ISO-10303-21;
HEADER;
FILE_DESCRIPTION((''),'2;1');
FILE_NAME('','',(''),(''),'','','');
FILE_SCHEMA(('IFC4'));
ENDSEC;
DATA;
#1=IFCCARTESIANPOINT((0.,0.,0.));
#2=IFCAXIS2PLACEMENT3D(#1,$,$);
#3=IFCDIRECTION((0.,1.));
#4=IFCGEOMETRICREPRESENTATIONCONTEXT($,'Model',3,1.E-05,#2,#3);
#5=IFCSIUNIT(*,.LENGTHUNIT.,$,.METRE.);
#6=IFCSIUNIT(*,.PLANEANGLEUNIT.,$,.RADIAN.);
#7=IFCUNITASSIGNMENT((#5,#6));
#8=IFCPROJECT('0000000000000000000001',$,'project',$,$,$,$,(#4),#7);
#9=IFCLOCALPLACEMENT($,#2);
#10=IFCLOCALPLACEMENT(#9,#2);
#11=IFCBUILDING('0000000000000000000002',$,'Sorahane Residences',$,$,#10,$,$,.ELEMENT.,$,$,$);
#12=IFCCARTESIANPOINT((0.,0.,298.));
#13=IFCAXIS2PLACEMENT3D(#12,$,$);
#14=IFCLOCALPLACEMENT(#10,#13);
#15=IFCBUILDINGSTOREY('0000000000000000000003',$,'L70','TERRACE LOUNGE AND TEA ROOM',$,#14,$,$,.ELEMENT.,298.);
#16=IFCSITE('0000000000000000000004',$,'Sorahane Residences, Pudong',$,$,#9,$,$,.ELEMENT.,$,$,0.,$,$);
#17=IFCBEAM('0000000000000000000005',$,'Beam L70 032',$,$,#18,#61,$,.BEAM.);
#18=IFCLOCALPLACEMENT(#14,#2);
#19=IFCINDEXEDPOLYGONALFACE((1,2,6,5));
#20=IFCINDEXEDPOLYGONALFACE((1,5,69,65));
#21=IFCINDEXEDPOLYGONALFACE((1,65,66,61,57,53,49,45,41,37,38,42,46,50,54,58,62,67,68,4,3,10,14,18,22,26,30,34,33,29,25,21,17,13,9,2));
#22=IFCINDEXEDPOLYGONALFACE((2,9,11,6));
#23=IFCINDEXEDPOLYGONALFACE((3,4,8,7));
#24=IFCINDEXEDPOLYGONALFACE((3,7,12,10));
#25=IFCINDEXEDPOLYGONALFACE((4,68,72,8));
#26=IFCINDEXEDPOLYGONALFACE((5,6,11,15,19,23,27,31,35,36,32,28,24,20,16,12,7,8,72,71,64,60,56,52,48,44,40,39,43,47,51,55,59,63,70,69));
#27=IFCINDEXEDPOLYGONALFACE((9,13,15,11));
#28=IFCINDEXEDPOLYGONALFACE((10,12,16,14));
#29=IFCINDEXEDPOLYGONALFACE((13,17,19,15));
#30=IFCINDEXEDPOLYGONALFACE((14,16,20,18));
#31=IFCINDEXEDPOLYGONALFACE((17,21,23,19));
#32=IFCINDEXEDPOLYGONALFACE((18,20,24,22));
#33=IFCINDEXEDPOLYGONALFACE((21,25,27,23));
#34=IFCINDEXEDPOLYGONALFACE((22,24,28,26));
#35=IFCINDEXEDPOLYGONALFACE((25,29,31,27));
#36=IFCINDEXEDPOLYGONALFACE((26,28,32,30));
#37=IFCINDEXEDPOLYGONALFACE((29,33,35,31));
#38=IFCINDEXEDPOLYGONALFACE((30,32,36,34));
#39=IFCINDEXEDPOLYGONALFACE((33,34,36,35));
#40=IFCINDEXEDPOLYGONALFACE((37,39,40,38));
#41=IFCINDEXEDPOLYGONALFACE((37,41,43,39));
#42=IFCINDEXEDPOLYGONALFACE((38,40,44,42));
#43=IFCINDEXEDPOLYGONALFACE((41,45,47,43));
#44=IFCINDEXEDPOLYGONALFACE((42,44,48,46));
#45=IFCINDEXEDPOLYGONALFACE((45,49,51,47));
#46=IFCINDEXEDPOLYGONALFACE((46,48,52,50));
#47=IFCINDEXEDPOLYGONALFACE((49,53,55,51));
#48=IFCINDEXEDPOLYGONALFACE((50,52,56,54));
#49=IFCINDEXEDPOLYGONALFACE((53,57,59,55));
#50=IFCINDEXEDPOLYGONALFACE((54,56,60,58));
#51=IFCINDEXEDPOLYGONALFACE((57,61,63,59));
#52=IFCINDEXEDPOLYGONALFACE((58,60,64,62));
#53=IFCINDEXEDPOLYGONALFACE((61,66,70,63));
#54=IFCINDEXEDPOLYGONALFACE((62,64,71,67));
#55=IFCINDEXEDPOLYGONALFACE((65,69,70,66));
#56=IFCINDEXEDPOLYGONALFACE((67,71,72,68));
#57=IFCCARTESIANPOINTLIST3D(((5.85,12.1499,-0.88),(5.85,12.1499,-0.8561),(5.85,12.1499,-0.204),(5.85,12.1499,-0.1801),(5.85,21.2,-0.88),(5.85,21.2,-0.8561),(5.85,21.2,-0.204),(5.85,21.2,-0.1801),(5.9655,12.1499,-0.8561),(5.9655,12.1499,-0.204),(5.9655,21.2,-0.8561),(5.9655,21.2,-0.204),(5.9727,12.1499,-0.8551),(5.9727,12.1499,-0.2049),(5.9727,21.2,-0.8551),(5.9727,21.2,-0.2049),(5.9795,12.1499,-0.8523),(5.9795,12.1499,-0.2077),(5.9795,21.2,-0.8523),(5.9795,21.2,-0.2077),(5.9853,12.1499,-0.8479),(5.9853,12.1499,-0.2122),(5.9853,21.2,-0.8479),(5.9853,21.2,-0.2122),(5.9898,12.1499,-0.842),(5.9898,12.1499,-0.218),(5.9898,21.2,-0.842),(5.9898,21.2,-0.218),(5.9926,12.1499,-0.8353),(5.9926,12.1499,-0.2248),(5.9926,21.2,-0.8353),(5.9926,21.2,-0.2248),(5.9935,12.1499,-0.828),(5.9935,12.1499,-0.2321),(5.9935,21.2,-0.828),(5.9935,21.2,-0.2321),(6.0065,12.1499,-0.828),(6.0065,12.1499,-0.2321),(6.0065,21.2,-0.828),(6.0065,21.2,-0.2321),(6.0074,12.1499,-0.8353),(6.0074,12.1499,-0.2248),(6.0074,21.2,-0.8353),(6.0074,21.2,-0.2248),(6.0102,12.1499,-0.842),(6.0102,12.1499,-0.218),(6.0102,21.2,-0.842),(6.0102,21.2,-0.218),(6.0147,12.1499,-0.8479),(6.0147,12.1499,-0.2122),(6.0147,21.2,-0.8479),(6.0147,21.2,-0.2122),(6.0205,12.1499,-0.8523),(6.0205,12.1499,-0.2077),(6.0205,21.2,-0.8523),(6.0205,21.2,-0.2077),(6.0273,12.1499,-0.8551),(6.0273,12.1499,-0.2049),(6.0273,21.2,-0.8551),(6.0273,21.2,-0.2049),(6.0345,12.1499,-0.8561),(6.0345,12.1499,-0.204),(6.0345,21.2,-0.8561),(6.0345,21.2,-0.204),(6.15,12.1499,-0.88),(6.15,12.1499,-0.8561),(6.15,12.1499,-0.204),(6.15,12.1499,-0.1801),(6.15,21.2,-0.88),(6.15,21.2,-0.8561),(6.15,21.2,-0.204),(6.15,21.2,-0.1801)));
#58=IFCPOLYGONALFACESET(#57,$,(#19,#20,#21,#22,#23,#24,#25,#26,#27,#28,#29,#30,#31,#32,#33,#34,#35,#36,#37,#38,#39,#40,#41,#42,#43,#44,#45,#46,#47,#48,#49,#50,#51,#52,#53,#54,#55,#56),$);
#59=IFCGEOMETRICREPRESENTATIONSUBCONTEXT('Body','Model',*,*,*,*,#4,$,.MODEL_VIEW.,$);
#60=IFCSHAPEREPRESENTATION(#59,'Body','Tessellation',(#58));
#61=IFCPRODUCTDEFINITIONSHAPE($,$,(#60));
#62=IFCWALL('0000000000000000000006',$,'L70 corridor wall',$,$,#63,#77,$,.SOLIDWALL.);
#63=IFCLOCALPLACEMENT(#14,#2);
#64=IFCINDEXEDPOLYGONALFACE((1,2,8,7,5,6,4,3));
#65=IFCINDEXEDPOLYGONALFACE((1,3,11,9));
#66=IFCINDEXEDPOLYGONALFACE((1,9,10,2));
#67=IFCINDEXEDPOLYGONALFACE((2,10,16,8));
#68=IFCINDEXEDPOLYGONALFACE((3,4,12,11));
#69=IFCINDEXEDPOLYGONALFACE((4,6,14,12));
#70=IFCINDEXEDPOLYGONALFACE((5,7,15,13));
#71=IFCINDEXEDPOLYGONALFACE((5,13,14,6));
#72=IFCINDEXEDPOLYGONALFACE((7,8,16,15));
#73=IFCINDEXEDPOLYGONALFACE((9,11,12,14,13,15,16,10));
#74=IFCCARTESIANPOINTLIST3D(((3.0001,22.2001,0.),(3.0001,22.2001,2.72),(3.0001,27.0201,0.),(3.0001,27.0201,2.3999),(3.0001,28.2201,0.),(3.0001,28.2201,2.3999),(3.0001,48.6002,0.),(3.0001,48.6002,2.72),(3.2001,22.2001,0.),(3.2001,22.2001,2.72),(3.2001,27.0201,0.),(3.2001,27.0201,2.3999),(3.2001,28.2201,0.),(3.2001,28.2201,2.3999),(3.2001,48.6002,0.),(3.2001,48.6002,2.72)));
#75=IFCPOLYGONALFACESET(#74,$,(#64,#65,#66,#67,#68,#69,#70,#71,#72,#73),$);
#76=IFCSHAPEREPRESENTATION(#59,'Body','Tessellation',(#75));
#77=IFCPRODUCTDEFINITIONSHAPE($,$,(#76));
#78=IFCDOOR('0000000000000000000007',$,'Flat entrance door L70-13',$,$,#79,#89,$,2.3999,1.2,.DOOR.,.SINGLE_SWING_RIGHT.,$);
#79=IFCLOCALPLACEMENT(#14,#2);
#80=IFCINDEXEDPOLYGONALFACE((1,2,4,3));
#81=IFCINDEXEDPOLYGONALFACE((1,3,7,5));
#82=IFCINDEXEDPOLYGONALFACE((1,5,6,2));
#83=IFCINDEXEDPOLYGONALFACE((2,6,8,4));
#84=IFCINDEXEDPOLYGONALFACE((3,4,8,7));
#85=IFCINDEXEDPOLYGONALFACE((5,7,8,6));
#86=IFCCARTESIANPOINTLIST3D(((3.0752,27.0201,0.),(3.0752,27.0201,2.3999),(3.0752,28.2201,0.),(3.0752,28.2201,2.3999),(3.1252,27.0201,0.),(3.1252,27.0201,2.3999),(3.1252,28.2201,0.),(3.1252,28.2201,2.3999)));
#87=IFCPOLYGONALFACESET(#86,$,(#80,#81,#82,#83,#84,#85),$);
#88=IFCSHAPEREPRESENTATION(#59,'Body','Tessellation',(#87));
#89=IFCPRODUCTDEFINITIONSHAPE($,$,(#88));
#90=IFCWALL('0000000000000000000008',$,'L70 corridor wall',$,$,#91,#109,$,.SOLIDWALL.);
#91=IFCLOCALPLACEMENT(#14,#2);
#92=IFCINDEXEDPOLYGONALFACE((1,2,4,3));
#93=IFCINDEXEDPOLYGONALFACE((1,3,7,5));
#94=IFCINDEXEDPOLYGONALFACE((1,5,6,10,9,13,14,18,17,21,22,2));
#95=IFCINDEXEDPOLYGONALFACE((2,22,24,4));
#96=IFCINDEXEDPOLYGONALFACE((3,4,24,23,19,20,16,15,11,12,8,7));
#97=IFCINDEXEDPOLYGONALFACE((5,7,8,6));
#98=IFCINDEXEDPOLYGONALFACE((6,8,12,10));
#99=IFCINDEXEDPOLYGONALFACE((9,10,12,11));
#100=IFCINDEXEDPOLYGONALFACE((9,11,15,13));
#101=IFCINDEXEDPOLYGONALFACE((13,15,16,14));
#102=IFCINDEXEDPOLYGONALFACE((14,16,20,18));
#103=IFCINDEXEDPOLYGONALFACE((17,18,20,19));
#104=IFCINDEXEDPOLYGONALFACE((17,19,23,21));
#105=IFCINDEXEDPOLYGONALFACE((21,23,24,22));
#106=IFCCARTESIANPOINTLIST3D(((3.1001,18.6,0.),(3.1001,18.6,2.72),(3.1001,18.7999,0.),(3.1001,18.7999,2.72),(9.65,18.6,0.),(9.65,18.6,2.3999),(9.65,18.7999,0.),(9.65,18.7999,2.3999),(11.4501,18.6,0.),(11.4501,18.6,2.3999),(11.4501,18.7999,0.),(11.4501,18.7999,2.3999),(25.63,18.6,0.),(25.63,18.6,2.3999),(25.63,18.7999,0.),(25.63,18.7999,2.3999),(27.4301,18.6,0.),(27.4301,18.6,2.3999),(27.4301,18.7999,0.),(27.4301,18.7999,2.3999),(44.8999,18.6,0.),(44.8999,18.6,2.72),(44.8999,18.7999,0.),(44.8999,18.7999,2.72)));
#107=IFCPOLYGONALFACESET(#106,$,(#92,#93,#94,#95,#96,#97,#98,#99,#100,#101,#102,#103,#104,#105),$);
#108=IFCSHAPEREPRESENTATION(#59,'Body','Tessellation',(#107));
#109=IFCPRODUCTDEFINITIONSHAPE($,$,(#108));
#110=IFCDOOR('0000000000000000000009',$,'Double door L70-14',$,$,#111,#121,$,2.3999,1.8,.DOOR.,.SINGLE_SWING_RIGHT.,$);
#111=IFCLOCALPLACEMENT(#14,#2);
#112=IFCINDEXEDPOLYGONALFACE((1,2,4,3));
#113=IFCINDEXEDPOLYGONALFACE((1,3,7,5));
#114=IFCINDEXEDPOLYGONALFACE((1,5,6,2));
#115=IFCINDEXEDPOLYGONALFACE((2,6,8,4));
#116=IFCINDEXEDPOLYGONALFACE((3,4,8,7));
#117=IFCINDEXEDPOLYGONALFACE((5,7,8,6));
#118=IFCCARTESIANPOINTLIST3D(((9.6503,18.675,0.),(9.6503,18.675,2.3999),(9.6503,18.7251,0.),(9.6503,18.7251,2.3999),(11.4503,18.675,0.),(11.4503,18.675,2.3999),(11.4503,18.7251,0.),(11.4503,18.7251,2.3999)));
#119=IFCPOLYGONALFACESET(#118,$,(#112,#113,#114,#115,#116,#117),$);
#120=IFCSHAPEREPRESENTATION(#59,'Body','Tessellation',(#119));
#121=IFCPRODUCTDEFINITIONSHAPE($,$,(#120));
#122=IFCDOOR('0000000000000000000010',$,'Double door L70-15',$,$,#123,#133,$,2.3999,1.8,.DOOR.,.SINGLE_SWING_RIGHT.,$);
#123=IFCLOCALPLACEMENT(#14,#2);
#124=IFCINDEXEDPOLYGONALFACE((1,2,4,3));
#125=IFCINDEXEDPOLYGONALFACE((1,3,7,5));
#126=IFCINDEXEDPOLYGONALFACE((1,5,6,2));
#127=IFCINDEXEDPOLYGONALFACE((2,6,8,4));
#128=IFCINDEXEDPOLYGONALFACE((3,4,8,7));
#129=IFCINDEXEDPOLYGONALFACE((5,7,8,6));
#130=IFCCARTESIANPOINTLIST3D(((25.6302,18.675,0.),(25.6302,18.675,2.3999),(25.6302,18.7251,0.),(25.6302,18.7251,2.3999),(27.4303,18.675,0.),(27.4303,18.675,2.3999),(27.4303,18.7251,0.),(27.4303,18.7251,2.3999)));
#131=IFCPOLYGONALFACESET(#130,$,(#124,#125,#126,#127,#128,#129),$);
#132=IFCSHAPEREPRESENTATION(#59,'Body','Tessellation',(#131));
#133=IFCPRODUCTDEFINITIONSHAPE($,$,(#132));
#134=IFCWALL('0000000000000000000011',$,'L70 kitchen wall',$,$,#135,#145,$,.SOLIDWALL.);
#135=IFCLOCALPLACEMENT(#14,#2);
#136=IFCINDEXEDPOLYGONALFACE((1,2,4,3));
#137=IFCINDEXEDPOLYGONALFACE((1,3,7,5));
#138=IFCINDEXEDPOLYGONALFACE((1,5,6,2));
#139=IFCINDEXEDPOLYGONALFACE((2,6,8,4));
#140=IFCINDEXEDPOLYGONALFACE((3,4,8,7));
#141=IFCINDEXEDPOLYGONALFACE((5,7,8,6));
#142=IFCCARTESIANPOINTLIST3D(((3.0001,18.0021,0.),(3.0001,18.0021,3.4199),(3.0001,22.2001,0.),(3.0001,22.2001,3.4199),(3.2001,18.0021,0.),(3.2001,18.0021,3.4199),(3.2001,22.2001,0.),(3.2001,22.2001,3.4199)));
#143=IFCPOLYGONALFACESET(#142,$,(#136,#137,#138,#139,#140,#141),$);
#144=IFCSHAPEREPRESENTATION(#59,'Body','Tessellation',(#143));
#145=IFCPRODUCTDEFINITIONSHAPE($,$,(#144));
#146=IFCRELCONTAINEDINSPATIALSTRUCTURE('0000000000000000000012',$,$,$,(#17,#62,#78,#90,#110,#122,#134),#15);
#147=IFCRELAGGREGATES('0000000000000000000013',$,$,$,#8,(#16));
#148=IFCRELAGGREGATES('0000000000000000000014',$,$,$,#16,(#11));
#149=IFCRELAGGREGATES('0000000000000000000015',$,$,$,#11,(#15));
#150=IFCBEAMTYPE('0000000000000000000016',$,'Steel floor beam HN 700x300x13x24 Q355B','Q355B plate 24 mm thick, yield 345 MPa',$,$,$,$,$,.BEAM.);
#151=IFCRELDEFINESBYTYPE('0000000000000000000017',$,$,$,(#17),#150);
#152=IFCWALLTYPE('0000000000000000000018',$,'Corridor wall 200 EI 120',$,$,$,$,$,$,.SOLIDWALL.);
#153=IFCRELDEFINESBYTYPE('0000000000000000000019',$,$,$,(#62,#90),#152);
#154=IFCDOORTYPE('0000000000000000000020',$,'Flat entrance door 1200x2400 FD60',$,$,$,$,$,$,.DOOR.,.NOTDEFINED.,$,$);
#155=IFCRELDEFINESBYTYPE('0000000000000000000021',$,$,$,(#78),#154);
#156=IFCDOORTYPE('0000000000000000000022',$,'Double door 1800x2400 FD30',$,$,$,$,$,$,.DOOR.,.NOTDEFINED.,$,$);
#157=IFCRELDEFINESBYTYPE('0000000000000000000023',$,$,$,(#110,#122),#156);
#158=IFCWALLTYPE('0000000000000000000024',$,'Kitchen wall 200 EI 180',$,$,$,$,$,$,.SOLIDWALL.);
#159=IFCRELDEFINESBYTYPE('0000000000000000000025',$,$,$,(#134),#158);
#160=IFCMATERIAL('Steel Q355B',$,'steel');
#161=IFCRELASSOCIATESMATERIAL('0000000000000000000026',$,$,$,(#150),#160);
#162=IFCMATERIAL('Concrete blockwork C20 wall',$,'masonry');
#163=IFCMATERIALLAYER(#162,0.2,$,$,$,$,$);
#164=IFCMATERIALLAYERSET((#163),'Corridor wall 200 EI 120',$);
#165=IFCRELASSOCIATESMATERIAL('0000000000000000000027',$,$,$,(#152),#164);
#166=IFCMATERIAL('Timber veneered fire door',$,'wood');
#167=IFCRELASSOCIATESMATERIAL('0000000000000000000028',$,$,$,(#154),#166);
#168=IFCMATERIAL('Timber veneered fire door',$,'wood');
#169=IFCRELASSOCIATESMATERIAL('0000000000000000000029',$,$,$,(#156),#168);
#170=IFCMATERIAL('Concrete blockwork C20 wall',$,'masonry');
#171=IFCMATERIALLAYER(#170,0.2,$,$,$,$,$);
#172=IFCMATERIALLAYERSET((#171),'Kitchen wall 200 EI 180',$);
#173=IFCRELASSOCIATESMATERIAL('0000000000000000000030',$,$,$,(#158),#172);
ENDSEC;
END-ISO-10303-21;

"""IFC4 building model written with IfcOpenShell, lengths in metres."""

from ifc_helpers import new_model, si_unit, direction, frame, frame_2d, origin, origin_2d, place, context, subcontext, project, spatial, rectangle, i_section, extrude, material, layer, layer_set, material_profile, profile_set, type_object, element, fill, save


model = new_model("IFC4")

# Units and contexts
model_context = context("Model", 3, precision=1e-05, world=origin(), true_north=direction((0.0, 1.0)))
body_context = subcontext(model_context, "Body", "Model", "MODEL_VIEW")
ifc_project = project(units=[si_unit("LENGTHUNIT", "METRE"), si_unit("PLANEANGLEUNIT", "RADIAN")], contexts=[model_context])

# Site, building, storey
site_placement = place(None, origin())
site = spatial("IfcSite", under=ifc_project, at=site_placement, Name="Sorahane Residences, Pudong", CompositionType="ELEMENT", RefElevation=0.0)
building_placement = place(site_placement, origin())
building = spatial("IfcBuilding", under=site, at=building_placement, Name="Sorahane Residences", CompositionType="ELEMENT")
storey_placement = place(building_placement, frame((0.0, 0.0, 298.0)))
storey = spatial("IfcBuildingStorey", under=building, at=storey_placement, Name="L70", Description="TERRACE LOUNGE AND TEA ROOM", CompositionType="ELEMENT", Elevation=298.0)

# Beam
ifc_material_1 = material(Name="Steel Q355B", Category="steel")
ifc_material_profile_1 = material_profile(ifc_material_1, i_section(OverallWidth=0.3, OverallDepth=0.7, WebThickness=0.0129, FlangeThickness=0.0239, FilletRadius=0.0281, at=origin_2d()), Name="HN 700x300x13x24")
ifc_profile_set_1 = profile_set([ifc_material_profile_1], Name="Steel Q355B")
beam_type_1 = type_object("IfcBeamType", Name="Steel floor beam HN 700x300x13x24 Q355B", Description="Q355B plate 24 mm thick, yield 345 MPa", PredefinedType="BEAM", material=ifc_profile_set_1)
beam_1_placement = place(storey_placement, frame((6.0, 12.1499, -0.53), z_axis=(0.0, 1.0, 0.0), x_axis=(-1.0, 0.0, 0.0)))
element("IfcBeam", 1, at=beam_1_placement, inside=storey, type_object=beam_type_1, Name="Beam L70 032", PredefinedType="BEAM", context=body_context, shape_type="SweptSolid", body=[
    extrude(i_section(OverallWidth=0.3, OverallDepth=0.7, WebThickness=0.0129, FlangeThickness=0.0239, FilletRadius=0.0281, at=origin_2d()), origin(), (0.0, 0.0, 1.0), 9.05),
])

# Wall, opening, door
ifc_material_2 = material(Name="Concrete blockwork C20 wall", Category="masonry")
ifc_layer_1 = layer(ifc_material_2, 0.2)
ifc_layer_set_1 = layer_set([ifc_layer_1], Name="Corridor wall 200 EI 120")
wall_type_1 = type_object("IfcWallType", Name="Corridor wall 200 EI 120", PredefinedType="SOLIDWALL", material=ifc_layer_set_1)
wall_1_placement = place(storey_placement, frame((3.1001, 22.2, 0.0), z_axis=(0.0, 0.0, 1.0), x_axis=(0.0, 1.0, 0.0)))
wall_1 = element("IfcWall", 2, at=wall_1_placement, inside=storey, type_object=wall_type_1, Name="L70 corridor wall", PredefinedType="SOLIDWALL", context=body_context, shape_type="SweptSolid", body=[
    extrude(rectangle(XDim=26.4001, YDim=0.2, at=frame_2d((13.2002, 0.0))), origin(), (0.0, 0.0, 1.0), 2.72),
])
opening_1_placement = place(wall_1_placement, frame((4.8201, 0.0, 0.0)))
opening_1 = element("IfcOpeningElement", 3, at=opening_1_placement, cuts=wall_1, PredefinedType="OPENING", context=body_context, shape_type="SweptSolid", body=[
    extrude(rectangle(XDim=1.2, YDim=2.3999, at=frame_2d((0.6001, 1.2))), frame((0.0, 0.1099, 0.0), z_axis=(0.0, -1.0, 0.0), x_axis=(1.0, 0.0, 0.0)), (0.0, 0.0, 1.0), 0.22),
])
ifc_material_3 = material(Name="Timber veneered fire door", Category="wood")
door_type_1 = type_object("IfcDoorType", Name="Flat entrance door 1200x2400 FD60", OperationType="NOTDEFINED", PredefinedType="DOOR", material=ifc_material_3)
door_1_placement = place(opening_1_placement, origin())
door_1 = element("IfcDoor", 4, at=door_1_placement, inside=storey, type_object=door_type_1, Name="Flat entrance door L70-13", OperationType="SINGLE_SWING_RIGHT", OverallHeight=2.3999, OverallWidth=1.2, PredefinedType="DOOR", context=body_context, shape_type="SweptSolid", body=[
    extrude(rectangle(XDim=1.2, YDim=2.3999, at=frame_2d((0.6001, 1.2))), frame((0.0, 0.0249, 0.0), z_axis=(0.0, -1.0, 0.0), x_axis=(1.0, 0.0, 0.0)), (0.0, 0.0, 1.0), 0.05),
])
fill(opening_1, door_1)

# Wall, openings, doors
wall_2_placement = place(storey_placement, frame((3.1001, 18.7, 0.0), z_axis=(0.0, 0.0, 1.0), x_axis=(1.0, 0.0, 0.0)))
wall_2 = element("IfcWall", 5, at=wall_2_placement, inside=storey, type_object=wall_type_1, Name="L70 corridor wall", PredefinedType="SOLIDWALL", context=body_context, shape_type="SweptSolid", body=[
    extrude(rectangle(XDim=41.7998, YDim=0.2, at=frame_2d((20.8999, 0.0))), origin(), (0.0, 0.0, 1.0), 2.72),
])
opening_2_placement = place(wall_2_placement, frame((6.55, 0.0, 0.0)))
opening_2 = element("IfcOpeningElement", 6, at=opening_2_placement, cuts=wall_2, PredefinedType="OPENING", context=body_context, shape_type="SweptSolid", body=[
    extrude(rectangle(XDim=1.8, YDim=2.3999, at=frame_2d((0.8999, 1.2))), frame((0.0, 0.1099, 0.0), z_axis=(0.0, -1.0, 0.0), x_axis=(1.0, 0.0, 0.0)), (0.0, 0.0, 1.0), 0.22),
])
opening_3_placement = place(wall_2_placement, frame((22.53, 0.0, 0.0)))
opening_3 = element("IfcOpeningElement", 7, at=opening_3_placement, cuts=wall_2, PredefinedType="OPENING", context=body_context, shape_type="SweptSolid", body=[
    extrude(rectangle(XDim=1.8, YDim=2.3999, at=frame_2d((0.8999, 1.2))), frame((0.0, 0.1099, 0.0), z_axis=(0.0, -1.0, 0.0), x_axis=(1.0, 0.0, 0.0)), (0.0, 0.0, 1.0), 0.22),
])
ifc_material_4 = material(Name="Timber veneered fire door", Category="wood")
door_type_2 = type_object("IfcDoorType", Name="Double door 1800x2400 FD30", OperationType="NOTDEFINED", PredefinedType="DOOR", material=ifc_material_4)
door_2_placement = place(opening_2_placement, frame((1.8, 0.0, 0.0), z_axis=(0.0, 0.0, 1.0), x_axis=(-1.0, 0.0, 0.0)))
door_2 = element("IfcDoor", 8, at=door_2_placement, inside=storey, type_object=door_type_2, Name="Double door L70-14", OperationType="SINGLE_SWING_RIGHT", OverallHeight=2.3999, OverallWidth=1.8, PredefinedType="DOOR", context=body_context, shape_type="SweptSolid", body=[
    extrude(rectangle(XDim=1.8, YDim=2.3999, at=frame_2d((0.8999, 1.2))), frame((0.0, 0.0249, 0.0), z_axis=(0.0, -1.0, 0.0), x_axis=(1.0, 0.0, 0.0)), (0.0, 0.0, 1.0), 0.05),
])
fill(opening_2, door_2)
door_3_placement = place(opening_3_placement, frame((1.8, 0.0, 0.0), z_axis=(0.0, 0.0, 1.0), x_axis=(-1.0, 0.0, 0.0)))
door_3 = element("IfcDoor", 9, at=door_3_placement, inside=storey, type_object=door_type_2, Name="Double door L70-15", OperationType="SINGLE_SWING_RIGHT", OverallHeight=2.3999, OverallWidth=1.8, PredefinedType="DOOR", context=body_context, shape_type="SweptSolid", body=[
    extrude(rectangle(XDim=1.8, YDim=2.3999, at=frame_2d((0.8999, 1.2))), frame((0.0, 0.0249, 0.0), z_axis=(0.0, -1.0, 0.0), x_axis=(1.0, 0.0, 0.0)), (0.0, 0.0, 1.0), 0.05),
])
fill(opening_3, door_3)

# Wall
ifc_material_5 = material(Name="Concrete blockwork C20 wall", Category="masonry")
ifc_layer_2 = layer(ifc_material_5, 0.2)
ifc_layer_set_2 = layer_set([ifc_layer_2], Name="Kitchen wall 200 EI 180")
wall_type_2 = type_object("IfcWallType", Name="Kitchen wall 200 EI 180", PredefinedType="SOLIDWALL", material=ifc_layer_set_2)
wall_3_placement = place(storey_placement, frame((3.1001, 18.002, 0.0), z_axis=(0.0, 0.0, 1.0), x_axis=(0.0, 1.0, 0.0)))
element("IfcWall", 10, at=wall_3_placement, inside=storey, type_object=wall_type_2, Name="L70 kitchen wall", PredefinedType="SOLIDWALL", context=body_context, shape_type="SweptSolid", body=[
    extrude(rectangle(XDim=4.198, YDim=0.2, at=frame_2d((2.0991, 0.0))), origin(), (0.0, 0.0, 1.0), 3.4199),
])

save(model, "model.ifc")
